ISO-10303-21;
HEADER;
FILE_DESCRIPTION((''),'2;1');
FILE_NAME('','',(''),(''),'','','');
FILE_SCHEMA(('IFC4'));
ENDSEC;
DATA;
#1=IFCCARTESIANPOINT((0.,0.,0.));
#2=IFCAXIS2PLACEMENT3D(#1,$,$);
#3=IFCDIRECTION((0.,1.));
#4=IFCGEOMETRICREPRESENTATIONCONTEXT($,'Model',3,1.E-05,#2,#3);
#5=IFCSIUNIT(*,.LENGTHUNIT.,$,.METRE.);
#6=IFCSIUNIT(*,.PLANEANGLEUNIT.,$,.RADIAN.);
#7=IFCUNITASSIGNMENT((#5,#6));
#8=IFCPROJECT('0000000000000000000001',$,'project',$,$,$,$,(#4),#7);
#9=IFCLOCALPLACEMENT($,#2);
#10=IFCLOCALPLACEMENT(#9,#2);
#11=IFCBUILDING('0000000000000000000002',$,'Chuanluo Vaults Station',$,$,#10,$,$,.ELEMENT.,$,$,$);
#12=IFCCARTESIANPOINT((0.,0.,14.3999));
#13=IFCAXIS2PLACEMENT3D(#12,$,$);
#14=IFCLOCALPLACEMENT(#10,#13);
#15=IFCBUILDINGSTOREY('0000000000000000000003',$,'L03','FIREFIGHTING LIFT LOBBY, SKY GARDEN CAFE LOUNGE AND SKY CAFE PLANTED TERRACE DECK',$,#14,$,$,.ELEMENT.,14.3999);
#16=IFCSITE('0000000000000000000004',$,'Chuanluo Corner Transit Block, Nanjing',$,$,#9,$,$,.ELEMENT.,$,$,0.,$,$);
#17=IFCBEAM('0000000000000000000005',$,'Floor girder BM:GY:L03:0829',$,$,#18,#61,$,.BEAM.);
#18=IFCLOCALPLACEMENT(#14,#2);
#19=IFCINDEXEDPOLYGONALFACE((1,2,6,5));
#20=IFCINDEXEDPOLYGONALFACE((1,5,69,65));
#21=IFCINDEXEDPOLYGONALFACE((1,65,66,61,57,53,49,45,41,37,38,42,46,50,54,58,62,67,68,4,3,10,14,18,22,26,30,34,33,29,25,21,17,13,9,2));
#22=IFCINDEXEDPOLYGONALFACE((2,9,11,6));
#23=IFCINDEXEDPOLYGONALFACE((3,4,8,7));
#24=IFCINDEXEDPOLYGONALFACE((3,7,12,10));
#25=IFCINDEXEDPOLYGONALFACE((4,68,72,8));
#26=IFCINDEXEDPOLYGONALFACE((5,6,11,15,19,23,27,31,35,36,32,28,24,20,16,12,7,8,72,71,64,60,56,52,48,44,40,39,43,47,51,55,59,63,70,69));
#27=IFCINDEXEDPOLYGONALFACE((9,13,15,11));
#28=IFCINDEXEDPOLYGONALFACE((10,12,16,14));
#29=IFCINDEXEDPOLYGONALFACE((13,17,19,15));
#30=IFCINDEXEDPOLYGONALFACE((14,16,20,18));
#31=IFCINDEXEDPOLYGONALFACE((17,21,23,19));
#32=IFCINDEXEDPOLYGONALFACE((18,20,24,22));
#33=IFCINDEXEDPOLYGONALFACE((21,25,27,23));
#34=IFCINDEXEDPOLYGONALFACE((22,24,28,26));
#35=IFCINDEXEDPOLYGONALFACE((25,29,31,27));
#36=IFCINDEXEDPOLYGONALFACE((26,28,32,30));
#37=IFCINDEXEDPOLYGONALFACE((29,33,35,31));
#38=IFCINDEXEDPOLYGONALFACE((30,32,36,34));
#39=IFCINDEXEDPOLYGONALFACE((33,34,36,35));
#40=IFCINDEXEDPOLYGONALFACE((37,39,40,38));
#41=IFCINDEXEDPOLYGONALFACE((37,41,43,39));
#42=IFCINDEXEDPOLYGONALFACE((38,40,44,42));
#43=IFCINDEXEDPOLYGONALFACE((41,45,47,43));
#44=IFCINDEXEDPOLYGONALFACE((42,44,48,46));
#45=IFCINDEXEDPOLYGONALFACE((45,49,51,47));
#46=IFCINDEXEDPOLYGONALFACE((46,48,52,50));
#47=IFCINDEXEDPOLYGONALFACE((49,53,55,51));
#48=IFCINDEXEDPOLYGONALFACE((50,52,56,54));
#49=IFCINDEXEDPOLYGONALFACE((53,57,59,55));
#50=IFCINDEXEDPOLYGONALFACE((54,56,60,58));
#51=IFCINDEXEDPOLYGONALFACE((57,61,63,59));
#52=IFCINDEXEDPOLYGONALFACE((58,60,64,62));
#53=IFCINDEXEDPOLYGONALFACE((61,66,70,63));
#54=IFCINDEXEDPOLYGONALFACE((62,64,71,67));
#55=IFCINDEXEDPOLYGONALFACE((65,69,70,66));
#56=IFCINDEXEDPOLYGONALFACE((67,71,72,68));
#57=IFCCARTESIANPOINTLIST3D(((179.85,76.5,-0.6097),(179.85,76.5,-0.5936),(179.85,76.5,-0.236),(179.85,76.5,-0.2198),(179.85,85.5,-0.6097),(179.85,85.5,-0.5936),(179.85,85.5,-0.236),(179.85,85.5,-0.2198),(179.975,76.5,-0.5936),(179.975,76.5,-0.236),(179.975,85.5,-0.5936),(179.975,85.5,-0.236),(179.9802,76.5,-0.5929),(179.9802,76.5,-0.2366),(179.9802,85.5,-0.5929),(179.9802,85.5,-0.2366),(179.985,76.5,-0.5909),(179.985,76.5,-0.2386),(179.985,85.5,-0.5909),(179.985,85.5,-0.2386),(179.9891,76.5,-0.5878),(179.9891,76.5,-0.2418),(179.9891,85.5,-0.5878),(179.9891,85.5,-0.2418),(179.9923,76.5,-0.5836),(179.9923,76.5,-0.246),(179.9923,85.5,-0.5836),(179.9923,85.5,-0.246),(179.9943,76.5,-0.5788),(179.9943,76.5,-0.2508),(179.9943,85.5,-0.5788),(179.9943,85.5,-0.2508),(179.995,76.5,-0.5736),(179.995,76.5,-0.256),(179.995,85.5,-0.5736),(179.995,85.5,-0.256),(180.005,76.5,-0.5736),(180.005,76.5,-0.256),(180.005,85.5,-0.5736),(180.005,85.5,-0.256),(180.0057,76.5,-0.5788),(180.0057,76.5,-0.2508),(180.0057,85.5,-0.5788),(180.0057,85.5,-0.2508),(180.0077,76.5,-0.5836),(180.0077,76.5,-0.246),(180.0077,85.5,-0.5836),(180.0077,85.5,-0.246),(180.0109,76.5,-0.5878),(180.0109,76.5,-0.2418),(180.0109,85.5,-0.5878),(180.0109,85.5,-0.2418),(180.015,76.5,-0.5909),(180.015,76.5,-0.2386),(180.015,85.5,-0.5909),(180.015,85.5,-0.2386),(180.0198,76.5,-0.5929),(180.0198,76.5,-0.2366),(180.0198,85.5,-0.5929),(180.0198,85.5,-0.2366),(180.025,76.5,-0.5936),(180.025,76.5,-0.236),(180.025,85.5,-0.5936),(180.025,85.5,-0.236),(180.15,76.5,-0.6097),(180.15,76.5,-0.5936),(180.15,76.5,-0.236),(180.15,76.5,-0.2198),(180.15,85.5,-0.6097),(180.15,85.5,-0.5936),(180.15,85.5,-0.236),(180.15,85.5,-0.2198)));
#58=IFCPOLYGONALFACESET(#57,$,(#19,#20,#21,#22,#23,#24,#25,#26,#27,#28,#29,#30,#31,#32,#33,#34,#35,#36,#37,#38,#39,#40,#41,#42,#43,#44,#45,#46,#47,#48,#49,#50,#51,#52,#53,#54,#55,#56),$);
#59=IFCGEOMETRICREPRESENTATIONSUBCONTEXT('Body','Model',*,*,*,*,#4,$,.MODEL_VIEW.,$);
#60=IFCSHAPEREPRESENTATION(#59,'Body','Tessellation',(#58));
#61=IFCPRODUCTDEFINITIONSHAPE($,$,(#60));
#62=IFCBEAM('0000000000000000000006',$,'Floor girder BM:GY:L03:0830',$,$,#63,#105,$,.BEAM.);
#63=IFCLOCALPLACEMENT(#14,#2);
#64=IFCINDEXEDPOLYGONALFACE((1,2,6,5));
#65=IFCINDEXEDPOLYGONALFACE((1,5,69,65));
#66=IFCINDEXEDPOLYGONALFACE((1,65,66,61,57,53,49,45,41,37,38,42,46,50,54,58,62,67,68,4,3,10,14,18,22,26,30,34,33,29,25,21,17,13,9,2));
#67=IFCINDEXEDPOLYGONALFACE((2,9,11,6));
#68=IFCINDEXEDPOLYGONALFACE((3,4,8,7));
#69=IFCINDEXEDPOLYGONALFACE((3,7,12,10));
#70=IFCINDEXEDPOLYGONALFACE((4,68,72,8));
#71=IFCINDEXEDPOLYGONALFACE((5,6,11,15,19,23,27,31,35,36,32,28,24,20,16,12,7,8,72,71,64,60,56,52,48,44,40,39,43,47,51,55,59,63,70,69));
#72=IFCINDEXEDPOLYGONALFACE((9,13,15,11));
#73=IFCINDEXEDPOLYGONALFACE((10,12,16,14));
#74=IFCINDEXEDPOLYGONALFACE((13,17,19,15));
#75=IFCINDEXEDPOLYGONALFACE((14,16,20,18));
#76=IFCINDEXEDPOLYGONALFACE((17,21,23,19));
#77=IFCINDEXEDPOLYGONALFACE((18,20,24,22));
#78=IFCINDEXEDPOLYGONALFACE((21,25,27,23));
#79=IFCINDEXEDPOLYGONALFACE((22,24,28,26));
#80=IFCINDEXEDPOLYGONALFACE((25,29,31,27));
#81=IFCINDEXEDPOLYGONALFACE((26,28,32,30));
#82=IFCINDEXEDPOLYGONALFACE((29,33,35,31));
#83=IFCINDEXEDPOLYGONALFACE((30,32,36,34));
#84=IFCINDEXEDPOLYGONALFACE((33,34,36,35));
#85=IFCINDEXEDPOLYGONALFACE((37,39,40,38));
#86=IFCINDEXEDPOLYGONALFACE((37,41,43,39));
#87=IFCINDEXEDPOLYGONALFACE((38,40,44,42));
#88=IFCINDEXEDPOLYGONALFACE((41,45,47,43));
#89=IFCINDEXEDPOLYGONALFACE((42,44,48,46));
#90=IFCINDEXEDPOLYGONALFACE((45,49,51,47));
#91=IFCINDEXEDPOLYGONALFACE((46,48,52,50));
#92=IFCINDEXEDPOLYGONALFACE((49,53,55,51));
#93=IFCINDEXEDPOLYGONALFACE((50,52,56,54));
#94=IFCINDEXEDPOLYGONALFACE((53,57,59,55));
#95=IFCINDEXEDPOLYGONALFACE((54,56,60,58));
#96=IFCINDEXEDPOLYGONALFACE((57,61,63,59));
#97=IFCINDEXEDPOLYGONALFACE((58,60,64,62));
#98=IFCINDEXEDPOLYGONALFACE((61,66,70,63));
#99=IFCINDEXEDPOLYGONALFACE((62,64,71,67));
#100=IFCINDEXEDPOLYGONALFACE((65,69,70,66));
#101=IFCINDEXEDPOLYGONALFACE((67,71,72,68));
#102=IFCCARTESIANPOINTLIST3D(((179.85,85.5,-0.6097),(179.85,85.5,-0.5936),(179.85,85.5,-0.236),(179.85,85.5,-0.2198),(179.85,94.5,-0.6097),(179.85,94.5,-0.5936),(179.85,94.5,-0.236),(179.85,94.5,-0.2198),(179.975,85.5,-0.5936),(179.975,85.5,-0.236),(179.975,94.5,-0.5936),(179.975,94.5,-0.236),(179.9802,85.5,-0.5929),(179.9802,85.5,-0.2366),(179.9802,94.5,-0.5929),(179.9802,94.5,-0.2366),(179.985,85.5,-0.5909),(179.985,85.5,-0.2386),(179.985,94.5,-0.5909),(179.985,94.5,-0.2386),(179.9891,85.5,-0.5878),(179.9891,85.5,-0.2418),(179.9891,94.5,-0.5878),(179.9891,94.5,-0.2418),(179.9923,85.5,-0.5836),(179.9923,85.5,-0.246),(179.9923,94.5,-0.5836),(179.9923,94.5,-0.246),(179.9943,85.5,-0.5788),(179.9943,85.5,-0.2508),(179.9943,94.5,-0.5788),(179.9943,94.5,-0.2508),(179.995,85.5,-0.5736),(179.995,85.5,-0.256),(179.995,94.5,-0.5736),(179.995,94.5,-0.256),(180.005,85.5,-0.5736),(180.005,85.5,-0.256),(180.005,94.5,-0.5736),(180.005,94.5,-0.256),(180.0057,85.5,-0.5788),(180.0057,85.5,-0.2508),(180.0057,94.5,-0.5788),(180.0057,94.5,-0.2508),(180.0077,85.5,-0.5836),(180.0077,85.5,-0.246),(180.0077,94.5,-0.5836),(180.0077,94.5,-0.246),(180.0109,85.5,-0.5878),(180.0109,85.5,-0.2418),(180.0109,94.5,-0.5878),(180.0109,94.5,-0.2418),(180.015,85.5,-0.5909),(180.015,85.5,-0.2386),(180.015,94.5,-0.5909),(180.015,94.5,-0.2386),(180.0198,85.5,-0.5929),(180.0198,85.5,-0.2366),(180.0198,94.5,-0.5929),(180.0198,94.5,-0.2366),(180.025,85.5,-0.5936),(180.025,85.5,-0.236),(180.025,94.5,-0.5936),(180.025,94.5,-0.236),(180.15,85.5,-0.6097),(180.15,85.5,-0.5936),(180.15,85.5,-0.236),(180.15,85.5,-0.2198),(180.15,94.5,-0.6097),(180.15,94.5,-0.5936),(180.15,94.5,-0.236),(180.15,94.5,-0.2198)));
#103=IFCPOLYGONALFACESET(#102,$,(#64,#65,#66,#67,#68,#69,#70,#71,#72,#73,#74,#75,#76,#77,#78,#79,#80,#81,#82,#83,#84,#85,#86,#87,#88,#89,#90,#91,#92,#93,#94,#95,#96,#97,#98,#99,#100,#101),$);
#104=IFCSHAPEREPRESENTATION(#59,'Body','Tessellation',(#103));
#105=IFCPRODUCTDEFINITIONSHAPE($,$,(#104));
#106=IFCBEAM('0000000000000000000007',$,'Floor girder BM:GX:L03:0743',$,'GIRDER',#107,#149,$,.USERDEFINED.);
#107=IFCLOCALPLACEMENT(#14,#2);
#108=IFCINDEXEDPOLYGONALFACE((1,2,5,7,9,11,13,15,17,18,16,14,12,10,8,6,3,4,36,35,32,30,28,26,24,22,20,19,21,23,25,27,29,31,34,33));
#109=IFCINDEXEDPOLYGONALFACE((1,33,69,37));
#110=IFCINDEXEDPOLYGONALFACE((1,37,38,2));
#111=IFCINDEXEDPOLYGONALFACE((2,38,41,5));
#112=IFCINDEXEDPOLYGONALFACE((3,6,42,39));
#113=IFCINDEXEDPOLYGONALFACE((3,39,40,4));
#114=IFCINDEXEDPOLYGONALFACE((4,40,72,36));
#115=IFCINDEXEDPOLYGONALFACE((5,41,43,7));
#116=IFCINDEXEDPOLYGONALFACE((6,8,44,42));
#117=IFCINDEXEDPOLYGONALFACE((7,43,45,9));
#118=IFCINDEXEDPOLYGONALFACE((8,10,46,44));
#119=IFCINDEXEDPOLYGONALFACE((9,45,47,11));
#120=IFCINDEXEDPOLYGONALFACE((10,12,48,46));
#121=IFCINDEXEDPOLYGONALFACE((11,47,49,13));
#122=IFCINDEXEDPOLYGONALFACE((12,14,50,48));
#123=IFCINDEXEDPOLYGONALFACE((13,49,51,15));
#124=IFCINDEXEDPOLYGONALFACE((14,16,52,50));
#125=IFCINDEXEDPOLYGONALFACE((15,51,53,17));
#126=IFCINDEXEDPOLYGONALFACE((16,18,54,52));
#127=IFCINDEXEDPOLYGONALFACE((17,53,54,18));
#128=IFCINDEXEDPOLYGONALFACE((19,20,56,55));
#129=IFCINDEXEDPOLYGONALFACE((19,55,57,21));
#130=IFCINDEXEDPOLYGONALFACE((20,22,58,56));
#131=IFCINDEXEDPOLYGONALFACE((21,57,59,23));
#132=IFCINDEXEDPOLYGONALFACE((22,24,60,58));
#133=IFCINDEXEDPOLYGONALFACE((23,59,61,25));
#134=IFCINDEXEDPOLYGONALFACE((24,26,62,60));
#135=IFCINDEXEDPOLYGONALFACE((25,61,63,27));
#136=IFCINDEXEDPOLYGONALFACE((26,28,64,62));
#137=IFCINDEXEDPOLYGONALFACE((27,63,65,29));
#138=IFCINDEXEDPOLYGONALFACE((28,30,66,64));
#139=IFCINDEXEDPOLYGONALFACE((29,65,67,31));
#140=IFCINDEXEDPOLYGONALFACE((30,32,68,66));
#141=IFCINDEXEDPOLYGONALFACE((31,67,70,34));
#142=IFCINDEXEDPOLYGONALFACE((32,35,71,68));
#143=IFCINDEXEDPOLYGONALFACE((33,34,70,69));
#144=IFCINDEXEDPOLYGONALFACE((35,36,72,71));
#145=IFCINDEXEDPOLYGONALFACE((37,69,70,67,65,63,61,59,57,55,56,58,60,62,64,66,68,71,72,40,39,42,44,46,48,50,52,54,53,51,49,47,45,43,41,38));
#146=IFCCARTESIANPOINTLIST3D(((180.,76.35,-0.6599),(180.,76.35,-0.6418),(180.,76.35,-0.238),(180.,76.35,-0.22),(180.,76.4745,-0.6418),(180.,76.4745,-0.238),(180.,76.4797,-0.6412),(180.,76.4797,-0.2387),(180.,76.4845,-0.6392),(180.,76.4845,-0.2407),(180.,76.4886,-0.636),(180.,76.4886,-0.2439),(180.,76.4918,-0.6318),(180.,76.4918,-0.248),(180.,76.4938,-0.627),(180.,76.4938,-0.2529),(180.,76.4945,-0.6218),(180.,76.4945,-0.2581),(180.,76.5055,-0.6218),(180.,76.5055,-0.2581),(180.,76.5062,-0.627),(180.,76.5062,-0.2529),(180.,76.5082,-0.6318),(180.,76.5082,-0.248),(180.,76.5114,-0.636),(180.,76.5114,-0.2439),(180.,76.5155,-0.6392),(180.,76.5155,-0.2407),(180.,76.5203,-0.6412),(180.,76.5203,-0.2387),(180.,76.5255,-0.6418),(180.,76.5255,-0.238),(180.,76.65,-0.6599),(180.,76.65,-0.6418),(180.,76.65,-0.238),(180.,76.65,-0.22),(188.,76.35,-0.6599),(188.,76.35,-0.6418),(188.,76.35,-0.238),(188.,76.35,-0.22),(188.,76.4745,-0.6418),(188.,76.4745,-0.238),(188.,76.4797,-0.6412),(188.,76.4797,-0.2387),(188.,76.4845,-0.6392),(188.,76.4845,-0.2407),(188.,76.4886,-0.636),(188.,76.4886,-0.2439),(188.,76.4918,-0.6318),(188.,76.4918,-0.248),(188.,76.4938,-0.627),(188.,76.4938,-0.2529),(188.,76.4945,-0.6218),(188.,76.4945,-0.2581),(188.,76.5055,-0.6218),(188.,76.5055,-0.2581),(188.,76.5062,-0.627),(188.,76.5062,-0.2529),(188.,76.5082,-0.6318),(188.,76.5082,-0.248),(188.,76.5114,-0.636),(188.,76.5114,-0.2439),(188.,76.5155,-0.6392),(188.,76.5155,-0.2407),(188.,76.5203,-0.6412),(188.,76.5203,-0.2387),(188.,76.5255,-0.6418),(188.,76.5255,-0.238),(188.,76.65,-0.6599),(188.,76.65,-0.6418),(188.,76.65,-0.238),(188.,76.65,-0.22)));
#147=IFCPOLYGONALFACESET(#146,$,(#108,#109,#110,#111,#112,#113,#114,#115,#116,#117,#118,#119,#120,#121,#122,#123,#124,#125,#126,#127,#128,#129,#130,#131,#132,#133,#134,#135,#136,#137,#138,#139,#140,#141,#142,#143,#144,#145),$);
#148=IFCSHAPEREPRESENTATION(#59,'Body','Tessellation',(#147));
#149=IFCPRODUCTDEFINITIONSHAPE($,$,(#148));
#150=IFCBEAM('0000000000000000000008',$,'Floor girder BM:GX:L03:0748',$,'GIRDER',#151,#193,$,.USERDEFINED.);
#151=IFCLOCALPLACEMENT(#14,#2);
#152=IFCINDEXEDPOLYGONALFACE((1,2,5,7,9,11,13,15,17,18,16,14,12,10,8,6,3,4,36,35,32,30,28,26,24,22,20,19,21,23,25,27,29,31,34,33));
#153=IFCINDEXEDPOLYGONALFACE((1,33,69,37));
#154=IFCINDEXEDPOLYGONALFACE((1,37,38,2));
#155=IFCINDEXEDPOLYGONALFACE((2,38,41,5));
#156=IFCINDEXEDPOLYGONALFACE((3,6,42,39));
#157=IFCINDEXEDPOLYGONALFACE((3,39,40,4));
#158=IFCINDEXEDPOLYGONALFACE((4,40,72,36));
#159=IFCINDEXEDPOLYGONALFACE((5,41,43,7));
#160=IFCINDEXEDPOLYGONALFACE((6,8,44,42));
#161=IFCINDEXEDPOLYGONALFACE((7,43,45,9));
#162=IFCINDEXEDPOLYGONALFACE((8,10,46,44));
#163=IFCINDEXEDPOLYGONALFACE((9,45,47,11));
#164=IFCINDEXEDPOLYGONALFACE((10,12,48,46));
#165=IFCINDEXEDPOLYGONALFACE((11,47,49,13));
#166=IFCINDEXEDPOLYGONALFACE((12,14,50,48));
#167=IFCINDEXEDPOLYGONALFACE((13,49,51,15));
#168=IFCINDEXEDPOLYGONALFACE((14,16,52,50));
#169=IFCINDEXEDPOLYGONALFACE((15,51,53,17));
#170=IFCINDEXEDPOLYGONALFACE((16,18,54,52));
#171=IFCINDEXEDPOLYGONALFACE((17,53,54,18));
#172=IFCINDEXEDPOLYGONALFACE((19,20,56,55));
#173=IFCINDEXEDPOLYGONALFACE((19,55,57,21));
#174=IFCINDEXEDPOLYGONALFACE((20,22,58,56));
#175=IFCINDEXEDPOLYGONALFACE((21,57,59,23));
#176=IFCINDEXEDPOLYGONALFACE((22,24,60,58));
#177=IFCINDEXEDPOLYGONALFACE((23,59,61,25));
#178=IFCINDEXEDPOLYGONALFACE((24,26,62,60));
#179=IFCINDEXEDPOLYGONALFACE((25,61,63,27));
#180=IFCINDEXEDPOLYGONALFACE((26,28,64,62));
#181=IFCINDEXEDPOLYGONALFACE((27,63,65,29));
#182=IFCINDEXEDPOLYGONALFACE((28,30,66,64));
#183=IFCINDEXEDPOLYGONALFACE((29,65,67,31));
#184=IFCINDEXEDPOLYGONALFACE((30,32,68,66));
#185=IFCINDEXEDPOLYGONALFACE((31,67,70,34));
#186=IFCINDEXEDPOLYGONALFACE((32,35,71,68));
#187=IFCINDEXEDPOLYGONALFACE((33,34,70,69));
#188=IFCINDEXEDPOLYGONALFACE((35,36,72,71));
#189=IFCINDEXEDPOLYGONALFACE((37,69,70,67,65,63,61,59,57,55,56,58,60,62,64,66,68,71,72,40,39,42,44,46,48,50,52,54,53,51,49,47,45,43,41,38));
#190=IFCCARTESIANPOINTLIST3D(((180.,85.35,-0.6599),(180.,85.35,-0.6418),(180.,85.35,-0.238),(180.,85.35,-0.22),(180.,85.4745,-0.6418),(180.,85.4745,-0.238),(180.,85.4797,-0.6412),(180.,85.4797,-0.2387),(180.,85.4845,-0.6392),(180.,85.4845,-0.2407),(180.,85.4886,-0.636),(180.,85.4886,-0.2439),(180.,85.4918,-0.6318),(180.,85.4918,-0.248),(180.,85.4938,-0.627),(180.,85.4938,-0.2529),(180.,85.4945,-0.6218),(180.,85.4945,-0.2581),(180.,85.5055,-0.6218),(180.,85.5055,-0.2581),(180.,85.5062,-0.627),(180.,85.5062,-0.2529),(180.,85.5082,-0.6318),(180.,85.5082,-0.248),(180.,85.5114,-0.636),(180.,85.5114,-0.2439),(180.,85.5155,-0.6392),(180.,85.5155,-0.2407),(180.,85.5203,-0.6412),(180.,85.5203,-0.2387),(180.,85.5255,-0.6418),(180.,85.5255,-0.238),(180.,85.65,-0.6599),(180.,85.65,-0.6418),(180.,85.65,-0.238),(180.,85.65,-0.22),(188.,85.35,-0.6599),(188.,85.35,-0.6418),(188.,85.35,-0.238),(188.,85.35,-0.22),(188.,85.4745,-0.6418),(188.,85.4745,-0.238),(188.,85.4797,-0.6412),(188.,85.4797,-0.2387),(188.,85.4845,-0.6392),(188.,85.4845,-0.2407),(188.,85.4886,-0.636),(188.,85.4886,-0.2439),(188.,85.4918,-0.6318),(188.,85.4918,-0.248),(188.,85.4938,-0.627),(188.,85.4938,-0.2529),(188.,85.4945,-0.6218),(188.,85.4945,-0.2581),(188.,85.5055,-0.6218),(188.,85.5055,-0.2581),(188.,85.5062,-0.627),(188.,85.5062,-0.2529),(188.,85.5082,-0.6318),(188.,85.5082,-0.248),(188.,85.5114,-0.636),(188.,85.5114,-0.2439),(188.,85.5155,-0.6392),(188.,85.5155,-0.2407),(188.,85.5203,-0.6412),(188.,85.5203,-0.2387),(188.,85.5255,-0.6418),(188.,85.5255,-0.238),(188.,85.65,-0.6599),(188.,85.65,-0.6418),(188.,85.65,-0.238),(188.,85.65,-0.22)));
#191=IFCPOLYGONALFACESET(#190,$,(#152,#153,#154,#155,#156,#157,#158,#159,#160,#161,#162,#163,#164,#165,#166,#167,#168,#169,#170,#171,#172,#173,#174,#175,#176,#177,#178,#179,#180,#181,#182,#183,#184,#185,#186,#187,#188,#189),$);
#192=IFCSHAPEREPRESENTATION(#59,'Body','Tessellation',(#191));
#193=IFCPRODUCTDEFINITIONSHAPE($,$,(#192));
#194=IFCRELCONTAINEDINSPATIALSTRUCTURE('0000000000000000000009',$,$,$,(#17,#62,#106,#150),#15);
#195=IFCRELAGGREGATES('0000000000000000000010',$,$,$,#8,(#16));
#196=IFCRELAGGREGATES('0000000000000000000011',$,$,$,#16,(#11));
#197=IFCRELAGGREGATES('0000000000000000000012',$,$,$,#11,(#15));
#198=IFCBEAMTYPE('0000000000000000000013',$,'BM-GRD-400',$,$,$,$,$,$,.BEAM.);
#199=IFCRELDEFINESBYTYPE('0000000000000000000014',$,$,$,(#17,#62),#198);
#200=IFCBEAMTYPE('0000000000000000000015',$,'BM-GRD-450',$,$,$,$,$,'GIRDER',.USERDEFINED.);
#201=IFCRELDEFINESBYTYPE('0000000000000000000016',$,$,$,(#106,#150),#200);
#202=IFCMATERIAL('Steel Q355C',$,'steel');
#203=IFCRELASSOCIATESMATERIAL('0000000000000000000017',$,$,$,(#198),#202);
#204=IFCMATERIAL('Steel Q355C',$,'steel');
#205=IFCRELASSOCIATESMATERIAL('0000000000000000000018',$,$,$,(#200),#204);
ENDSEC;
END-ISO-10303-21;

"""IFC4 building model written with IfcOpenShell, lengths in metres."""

from ifc_helpers import new_model, si_unit, direction, frame, origin, origin_2d, place, context, subcontext, project, spatial, i_section, extrude, material, material_profile, profile_set, type_object, element, save


model = new_model("IFC4")

# Units and contexts
model_context = context("Model", 3, precision=1e-05, world=origin(), true_north=direction((0.0, 1.0)))
body_context = subcontext(model_context, "Body", "Model", "MODEL_VIEW")
ifc_project = project(units=[si_unit("LENGTHUNIT", "METRE"), si_unit("PLANEANGLEUNIT", "RADIAN")], contexts=[model_context])

# Site, building, storey
site_placement = place(None, origin())
site = spatial("IfcSite", under=ifc_project, at=site_placement, Name="Chuanluo Corner Transit Block, Nanjing", CompositionType="ELEMENT", RefElevation=0.0)
building_placement = place(site_placement, origin())
building = spatial("IfcBuilding", under=site, at=building_placement, Name="Chuanluo Vaults Station", CompositionType="ELEMENT")
storey_placement = place(building_placement, frame((0.0, 0.0, 14.3999)))
storey = spatial("IfcBuildingStorey", under=building, at=storey_placement, Name="L03", Description="FIREFIGHTING LIFT LOBBY, SKY GARDEN CAFE LOUNGE AND SKY CAFE PLANTED TERRACE DECK", CompositionType="ELEMENT", Elevation=14.3999)

# Beams
ifc_material_1 = material(Name="Steel Q355C", Category="steel")
ifc_material_profile_1 = material_profile(ifc_material_1, i_section(OverallWidth=0.3, OverallDepth=0.3899, WebThickness=0.01, FlangeThickness=0.0161, FilletRadius=0.02, at=origin_2d()))
ifc_profile_set_1 = profile_set([ifc_material_profile_1], Name="Steel Q355C")
beam_type_1 = type_object("IfcBeamType", Name="BM-GRD-400", PredefinedType="BEAM", material=ifc_profile_set_1)
for number, where, z_axis, x_axis, name in (
    (1, (180.0, 76.5, -0.4148), (0.0, 1.0, 0.0), (-1.0, 0.0, 0.0), "Floor girder BM:GY:L03:0829"),
    (2, (180.0, 85.5, -0.4148), (0.0, 1.0, 0.0), (-1.0, 0.0, 0.0), "Floor girder BM:GY:L03:0830"),
):
    element("IfcBeam", number, at=place(storey_placement, frame(where, z_axis=z_axis, x_axis=x_axis)), inside=storey, type_object=beam_type_1, Name=name, PredefinedType="BEAM", context=body_context, shape_type="SweptSolid", body=[
        extrude(i_section(OverallWidth=0.3, OverallDepth=0.3899, WebThickness=0.01, FlangeThickness=0.0161, FilletRadius=0.02, at=origin_2d()), origin(), (0.0, 0.0, 1.0), 9.0),
    ])
ifc_material_2 = material(Name="Steel Q355C", Category="steel")
ifc_material_profile_2 = material_profile(ifc_material_2, i_section(OverallWidth=0.3, OverallDepth=0.4399, WebThickness=0.011, FlangeThickness=0.0181, FilletRadius=0.02, at=origin_2d()))
ifc_profile_set_2 = profile_set([ifc_material_profile_2], Name="Steel Q355C")
beam_type_2 = type_object("IfcBeamType", Name="BM-GRD-450", ElementType="GIRDER", PredefinedType="USERDEFINED", material=ifc_profile_set_2)
for number, where, z_axis, x_axis, name in (
    (3, (180.0, 76.5, -0.4399), (1.0, 0.0, 0.0), (0.0, 1.0, 0.0), "Floor girder BM:GX:L03:0743"),
    (4, (180.0, 85.5, -0.4399), (1.0, 0.0, 0.0), (0.0, 1.0, 0.0), "Floor girder BM:GX:L03:0748"),
):
    element("IfcBeam", number, at=place(storey_placement, frame(where, z_axis=z_axis, x_axis=x_axis)), inside=storey, type_object=beam_type_2, Name=name, ObjectType="GIRDER", PredefinedType="USERDEFINED", context=body_context, shape_type="SweptSolid", body=[
        extrude(i_section(OverallWidth=0.3, OverallDepth=0.4399, WebThickness=0.011, FlangeThickness=0.0181, FilletRadius=0.02, at=origin_2d()), origin(), (0.0, 0.0, 1.0), 8.0),
    ])

save(model, "model.ifc")
